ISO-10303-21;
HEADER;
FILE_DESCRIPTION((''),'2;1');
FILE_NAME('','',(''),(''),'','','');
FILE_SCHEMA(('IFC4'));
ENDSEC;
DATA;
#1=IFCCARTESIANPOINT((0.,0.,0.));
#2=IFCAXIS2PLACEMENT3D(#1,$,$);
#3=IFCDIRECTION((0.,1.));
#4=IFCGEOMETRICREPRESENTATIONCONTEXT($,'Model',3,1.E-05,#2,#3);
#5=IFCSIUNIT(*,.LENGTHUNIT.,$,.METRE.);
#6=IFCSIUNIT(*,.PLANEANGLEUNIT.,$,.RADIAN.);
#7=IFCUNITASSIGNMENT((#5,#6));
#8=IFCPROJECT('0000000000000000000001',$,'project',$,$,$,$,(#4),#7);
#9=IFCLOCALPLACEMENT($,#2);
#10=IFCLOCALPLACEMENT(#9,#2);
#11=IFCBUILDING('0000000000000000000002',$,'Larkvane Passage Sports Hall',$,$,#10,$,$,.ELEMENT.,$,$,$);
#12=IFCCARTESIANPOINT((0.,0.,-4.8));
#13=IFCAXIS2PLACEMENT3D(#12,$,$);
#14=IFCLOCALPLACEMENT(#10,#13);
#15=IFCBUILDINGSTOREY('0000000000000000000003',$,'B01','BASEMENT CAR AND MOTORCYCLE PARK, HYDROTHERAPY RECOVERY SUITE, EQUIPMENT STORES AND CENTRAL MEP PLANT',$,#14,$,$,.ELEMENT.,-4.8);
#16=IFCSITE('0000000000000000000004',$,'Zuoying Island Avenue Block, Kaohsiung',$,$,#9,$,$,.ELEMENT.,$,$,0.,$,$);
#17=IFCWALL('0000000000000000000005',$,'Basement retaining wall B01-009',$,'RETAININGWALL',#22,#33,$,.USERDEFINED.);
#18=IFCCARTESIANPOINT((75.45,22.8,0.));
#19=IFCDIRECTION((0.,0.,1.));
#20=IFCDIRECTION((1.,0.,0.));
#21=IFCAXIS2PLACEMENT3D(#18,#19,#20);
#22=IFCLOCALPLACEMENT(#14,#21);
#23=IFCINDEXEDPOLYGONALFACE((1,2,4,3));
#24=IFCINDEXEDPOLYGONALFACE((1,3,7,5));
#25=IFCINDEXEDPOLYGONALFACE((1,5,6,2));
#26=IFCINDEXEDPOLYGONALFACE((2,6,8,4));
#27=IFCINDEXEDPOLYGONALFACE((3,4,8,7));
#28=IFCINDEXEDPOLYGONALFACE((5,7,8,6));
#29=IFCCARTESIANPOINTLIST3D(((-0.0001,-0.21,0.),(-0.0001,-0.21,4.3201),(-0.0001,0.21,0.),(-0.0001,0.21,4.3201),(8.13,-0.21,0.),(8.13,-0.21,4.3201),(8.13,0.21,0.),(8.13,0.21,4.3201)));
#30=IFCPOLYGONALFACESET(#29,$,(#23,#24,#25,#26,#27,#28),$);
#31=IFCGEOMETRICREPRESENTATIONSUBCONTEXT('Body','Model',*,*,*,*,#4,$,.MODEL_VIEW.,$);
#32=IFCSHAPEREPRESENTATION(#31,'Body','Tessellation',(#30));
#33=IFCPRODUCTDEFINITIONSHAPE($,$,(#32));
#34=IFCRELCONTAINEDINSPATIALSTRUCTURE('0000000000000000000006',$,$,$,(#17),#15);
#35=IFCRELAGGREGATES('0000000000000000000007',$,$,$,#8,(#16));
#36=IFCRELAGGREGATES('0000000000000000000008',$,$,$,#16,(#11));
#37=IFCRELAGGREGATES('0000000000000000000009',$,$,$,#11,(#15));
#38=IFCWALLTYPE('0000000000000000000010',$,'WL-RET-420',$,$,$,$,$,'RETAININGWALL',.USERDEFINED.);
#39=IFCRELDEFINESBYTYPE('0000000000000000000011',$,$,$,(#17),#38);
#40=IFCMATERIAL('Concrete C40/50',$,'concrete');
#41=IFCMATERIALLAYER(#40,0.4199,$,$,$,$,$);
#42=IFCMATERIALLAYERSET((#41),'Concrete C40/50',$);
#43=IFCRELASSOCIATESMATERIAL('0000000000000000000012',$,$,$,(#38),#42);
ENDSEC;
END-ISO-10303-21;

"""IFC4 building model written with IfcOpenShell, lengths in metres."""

from ifc_helpers import new_model, si_unit, direction, frame, frame_2d, origin, place, context, subcontext, project, spatial, rectangle, extrude, material, layer, layer_set, type_object, element, save


model = new_model("IFC4")

# Units and contexts
model_context = context("Model", 3, precision=1e-05, world=origin(), true_north=direction((0.0, 1.0)))
body_context = subcontext(model_context, "Body", "Model", "MODEL_VIEW")
ifc_project = project(units=[si_unit("LENGTHUNIT", "METRE"), si_unit("PLANEANGLEUNIT", "RADIAN")], contexts=[model_context])

# Site, building, storey
site_placement = place(None, origin())
site = spatial("IfcSite", under=ifc_project, at=site_placement, Name="Zuoying Island Avenue Block, Kaohsiung", CompositionType="ELEMENT", RefElevation=0.0)
building_placement = place(site_placement, origin())
building = spatial("IfcBuilding", under=site, at=building_placement, Name="Larkvane Passage Sports Hall", CompositionType="ELEMENT")
storey_placement = place(building_placement, frame((0.0, 0.0, -4.8)))
storey = spatial("IfcBuildingStorey", under=building, at=storey_placement, Name="B01", Description="BASEMENT CAR AND MOTORCYCLE PARK, HYDROTHERAPY RECOVERY SUITE, EQUIPMENT STORES AND CENTRAL MEP PLANT", CompositionType="ELEMENT", Elevation=-4.8)

# Shared definitions
ifc_material_1 = material(Name="Concrete C40/50", Category="concrete")

# Wall
ifc_layer_1 = layer(ifc_material_1, 0.4199)
ifc_layer_set_1 = layer_set([ifc_layer_1], Name="Concrete C40/50")
wall_type_1 = type_object("IfcWallType", Name="WL-RET-420", ElementType="RETAININGWALL", PredefinedType="USERDEFINED", material=ifc_layer_set_1)
wall_1_placement = place(storey_placement, frame((75.45, 22.8, 0.0), z_axis=(0.0, 0.0, 1.0), x_axis=(1.0, 0.0, 0.0)))
element("IfcWall", 1, at=wall_1_placement, inside=storey, type_object=wall_type_1, Name="Basement retaining wall B01-009", ObjectType="RETAININGWALL", PredefinedType="USERDEFINED", context=body_context, shape_type="SweptSolid", body=[
    extrude(rectangle(XDim=8.1301, YDim=0.4199, at=frame_2d((4.0649, 0.0))), origin(), (0.0, 0.0, 1.0), 4.3201),
])

save(model, "model.ifc")
